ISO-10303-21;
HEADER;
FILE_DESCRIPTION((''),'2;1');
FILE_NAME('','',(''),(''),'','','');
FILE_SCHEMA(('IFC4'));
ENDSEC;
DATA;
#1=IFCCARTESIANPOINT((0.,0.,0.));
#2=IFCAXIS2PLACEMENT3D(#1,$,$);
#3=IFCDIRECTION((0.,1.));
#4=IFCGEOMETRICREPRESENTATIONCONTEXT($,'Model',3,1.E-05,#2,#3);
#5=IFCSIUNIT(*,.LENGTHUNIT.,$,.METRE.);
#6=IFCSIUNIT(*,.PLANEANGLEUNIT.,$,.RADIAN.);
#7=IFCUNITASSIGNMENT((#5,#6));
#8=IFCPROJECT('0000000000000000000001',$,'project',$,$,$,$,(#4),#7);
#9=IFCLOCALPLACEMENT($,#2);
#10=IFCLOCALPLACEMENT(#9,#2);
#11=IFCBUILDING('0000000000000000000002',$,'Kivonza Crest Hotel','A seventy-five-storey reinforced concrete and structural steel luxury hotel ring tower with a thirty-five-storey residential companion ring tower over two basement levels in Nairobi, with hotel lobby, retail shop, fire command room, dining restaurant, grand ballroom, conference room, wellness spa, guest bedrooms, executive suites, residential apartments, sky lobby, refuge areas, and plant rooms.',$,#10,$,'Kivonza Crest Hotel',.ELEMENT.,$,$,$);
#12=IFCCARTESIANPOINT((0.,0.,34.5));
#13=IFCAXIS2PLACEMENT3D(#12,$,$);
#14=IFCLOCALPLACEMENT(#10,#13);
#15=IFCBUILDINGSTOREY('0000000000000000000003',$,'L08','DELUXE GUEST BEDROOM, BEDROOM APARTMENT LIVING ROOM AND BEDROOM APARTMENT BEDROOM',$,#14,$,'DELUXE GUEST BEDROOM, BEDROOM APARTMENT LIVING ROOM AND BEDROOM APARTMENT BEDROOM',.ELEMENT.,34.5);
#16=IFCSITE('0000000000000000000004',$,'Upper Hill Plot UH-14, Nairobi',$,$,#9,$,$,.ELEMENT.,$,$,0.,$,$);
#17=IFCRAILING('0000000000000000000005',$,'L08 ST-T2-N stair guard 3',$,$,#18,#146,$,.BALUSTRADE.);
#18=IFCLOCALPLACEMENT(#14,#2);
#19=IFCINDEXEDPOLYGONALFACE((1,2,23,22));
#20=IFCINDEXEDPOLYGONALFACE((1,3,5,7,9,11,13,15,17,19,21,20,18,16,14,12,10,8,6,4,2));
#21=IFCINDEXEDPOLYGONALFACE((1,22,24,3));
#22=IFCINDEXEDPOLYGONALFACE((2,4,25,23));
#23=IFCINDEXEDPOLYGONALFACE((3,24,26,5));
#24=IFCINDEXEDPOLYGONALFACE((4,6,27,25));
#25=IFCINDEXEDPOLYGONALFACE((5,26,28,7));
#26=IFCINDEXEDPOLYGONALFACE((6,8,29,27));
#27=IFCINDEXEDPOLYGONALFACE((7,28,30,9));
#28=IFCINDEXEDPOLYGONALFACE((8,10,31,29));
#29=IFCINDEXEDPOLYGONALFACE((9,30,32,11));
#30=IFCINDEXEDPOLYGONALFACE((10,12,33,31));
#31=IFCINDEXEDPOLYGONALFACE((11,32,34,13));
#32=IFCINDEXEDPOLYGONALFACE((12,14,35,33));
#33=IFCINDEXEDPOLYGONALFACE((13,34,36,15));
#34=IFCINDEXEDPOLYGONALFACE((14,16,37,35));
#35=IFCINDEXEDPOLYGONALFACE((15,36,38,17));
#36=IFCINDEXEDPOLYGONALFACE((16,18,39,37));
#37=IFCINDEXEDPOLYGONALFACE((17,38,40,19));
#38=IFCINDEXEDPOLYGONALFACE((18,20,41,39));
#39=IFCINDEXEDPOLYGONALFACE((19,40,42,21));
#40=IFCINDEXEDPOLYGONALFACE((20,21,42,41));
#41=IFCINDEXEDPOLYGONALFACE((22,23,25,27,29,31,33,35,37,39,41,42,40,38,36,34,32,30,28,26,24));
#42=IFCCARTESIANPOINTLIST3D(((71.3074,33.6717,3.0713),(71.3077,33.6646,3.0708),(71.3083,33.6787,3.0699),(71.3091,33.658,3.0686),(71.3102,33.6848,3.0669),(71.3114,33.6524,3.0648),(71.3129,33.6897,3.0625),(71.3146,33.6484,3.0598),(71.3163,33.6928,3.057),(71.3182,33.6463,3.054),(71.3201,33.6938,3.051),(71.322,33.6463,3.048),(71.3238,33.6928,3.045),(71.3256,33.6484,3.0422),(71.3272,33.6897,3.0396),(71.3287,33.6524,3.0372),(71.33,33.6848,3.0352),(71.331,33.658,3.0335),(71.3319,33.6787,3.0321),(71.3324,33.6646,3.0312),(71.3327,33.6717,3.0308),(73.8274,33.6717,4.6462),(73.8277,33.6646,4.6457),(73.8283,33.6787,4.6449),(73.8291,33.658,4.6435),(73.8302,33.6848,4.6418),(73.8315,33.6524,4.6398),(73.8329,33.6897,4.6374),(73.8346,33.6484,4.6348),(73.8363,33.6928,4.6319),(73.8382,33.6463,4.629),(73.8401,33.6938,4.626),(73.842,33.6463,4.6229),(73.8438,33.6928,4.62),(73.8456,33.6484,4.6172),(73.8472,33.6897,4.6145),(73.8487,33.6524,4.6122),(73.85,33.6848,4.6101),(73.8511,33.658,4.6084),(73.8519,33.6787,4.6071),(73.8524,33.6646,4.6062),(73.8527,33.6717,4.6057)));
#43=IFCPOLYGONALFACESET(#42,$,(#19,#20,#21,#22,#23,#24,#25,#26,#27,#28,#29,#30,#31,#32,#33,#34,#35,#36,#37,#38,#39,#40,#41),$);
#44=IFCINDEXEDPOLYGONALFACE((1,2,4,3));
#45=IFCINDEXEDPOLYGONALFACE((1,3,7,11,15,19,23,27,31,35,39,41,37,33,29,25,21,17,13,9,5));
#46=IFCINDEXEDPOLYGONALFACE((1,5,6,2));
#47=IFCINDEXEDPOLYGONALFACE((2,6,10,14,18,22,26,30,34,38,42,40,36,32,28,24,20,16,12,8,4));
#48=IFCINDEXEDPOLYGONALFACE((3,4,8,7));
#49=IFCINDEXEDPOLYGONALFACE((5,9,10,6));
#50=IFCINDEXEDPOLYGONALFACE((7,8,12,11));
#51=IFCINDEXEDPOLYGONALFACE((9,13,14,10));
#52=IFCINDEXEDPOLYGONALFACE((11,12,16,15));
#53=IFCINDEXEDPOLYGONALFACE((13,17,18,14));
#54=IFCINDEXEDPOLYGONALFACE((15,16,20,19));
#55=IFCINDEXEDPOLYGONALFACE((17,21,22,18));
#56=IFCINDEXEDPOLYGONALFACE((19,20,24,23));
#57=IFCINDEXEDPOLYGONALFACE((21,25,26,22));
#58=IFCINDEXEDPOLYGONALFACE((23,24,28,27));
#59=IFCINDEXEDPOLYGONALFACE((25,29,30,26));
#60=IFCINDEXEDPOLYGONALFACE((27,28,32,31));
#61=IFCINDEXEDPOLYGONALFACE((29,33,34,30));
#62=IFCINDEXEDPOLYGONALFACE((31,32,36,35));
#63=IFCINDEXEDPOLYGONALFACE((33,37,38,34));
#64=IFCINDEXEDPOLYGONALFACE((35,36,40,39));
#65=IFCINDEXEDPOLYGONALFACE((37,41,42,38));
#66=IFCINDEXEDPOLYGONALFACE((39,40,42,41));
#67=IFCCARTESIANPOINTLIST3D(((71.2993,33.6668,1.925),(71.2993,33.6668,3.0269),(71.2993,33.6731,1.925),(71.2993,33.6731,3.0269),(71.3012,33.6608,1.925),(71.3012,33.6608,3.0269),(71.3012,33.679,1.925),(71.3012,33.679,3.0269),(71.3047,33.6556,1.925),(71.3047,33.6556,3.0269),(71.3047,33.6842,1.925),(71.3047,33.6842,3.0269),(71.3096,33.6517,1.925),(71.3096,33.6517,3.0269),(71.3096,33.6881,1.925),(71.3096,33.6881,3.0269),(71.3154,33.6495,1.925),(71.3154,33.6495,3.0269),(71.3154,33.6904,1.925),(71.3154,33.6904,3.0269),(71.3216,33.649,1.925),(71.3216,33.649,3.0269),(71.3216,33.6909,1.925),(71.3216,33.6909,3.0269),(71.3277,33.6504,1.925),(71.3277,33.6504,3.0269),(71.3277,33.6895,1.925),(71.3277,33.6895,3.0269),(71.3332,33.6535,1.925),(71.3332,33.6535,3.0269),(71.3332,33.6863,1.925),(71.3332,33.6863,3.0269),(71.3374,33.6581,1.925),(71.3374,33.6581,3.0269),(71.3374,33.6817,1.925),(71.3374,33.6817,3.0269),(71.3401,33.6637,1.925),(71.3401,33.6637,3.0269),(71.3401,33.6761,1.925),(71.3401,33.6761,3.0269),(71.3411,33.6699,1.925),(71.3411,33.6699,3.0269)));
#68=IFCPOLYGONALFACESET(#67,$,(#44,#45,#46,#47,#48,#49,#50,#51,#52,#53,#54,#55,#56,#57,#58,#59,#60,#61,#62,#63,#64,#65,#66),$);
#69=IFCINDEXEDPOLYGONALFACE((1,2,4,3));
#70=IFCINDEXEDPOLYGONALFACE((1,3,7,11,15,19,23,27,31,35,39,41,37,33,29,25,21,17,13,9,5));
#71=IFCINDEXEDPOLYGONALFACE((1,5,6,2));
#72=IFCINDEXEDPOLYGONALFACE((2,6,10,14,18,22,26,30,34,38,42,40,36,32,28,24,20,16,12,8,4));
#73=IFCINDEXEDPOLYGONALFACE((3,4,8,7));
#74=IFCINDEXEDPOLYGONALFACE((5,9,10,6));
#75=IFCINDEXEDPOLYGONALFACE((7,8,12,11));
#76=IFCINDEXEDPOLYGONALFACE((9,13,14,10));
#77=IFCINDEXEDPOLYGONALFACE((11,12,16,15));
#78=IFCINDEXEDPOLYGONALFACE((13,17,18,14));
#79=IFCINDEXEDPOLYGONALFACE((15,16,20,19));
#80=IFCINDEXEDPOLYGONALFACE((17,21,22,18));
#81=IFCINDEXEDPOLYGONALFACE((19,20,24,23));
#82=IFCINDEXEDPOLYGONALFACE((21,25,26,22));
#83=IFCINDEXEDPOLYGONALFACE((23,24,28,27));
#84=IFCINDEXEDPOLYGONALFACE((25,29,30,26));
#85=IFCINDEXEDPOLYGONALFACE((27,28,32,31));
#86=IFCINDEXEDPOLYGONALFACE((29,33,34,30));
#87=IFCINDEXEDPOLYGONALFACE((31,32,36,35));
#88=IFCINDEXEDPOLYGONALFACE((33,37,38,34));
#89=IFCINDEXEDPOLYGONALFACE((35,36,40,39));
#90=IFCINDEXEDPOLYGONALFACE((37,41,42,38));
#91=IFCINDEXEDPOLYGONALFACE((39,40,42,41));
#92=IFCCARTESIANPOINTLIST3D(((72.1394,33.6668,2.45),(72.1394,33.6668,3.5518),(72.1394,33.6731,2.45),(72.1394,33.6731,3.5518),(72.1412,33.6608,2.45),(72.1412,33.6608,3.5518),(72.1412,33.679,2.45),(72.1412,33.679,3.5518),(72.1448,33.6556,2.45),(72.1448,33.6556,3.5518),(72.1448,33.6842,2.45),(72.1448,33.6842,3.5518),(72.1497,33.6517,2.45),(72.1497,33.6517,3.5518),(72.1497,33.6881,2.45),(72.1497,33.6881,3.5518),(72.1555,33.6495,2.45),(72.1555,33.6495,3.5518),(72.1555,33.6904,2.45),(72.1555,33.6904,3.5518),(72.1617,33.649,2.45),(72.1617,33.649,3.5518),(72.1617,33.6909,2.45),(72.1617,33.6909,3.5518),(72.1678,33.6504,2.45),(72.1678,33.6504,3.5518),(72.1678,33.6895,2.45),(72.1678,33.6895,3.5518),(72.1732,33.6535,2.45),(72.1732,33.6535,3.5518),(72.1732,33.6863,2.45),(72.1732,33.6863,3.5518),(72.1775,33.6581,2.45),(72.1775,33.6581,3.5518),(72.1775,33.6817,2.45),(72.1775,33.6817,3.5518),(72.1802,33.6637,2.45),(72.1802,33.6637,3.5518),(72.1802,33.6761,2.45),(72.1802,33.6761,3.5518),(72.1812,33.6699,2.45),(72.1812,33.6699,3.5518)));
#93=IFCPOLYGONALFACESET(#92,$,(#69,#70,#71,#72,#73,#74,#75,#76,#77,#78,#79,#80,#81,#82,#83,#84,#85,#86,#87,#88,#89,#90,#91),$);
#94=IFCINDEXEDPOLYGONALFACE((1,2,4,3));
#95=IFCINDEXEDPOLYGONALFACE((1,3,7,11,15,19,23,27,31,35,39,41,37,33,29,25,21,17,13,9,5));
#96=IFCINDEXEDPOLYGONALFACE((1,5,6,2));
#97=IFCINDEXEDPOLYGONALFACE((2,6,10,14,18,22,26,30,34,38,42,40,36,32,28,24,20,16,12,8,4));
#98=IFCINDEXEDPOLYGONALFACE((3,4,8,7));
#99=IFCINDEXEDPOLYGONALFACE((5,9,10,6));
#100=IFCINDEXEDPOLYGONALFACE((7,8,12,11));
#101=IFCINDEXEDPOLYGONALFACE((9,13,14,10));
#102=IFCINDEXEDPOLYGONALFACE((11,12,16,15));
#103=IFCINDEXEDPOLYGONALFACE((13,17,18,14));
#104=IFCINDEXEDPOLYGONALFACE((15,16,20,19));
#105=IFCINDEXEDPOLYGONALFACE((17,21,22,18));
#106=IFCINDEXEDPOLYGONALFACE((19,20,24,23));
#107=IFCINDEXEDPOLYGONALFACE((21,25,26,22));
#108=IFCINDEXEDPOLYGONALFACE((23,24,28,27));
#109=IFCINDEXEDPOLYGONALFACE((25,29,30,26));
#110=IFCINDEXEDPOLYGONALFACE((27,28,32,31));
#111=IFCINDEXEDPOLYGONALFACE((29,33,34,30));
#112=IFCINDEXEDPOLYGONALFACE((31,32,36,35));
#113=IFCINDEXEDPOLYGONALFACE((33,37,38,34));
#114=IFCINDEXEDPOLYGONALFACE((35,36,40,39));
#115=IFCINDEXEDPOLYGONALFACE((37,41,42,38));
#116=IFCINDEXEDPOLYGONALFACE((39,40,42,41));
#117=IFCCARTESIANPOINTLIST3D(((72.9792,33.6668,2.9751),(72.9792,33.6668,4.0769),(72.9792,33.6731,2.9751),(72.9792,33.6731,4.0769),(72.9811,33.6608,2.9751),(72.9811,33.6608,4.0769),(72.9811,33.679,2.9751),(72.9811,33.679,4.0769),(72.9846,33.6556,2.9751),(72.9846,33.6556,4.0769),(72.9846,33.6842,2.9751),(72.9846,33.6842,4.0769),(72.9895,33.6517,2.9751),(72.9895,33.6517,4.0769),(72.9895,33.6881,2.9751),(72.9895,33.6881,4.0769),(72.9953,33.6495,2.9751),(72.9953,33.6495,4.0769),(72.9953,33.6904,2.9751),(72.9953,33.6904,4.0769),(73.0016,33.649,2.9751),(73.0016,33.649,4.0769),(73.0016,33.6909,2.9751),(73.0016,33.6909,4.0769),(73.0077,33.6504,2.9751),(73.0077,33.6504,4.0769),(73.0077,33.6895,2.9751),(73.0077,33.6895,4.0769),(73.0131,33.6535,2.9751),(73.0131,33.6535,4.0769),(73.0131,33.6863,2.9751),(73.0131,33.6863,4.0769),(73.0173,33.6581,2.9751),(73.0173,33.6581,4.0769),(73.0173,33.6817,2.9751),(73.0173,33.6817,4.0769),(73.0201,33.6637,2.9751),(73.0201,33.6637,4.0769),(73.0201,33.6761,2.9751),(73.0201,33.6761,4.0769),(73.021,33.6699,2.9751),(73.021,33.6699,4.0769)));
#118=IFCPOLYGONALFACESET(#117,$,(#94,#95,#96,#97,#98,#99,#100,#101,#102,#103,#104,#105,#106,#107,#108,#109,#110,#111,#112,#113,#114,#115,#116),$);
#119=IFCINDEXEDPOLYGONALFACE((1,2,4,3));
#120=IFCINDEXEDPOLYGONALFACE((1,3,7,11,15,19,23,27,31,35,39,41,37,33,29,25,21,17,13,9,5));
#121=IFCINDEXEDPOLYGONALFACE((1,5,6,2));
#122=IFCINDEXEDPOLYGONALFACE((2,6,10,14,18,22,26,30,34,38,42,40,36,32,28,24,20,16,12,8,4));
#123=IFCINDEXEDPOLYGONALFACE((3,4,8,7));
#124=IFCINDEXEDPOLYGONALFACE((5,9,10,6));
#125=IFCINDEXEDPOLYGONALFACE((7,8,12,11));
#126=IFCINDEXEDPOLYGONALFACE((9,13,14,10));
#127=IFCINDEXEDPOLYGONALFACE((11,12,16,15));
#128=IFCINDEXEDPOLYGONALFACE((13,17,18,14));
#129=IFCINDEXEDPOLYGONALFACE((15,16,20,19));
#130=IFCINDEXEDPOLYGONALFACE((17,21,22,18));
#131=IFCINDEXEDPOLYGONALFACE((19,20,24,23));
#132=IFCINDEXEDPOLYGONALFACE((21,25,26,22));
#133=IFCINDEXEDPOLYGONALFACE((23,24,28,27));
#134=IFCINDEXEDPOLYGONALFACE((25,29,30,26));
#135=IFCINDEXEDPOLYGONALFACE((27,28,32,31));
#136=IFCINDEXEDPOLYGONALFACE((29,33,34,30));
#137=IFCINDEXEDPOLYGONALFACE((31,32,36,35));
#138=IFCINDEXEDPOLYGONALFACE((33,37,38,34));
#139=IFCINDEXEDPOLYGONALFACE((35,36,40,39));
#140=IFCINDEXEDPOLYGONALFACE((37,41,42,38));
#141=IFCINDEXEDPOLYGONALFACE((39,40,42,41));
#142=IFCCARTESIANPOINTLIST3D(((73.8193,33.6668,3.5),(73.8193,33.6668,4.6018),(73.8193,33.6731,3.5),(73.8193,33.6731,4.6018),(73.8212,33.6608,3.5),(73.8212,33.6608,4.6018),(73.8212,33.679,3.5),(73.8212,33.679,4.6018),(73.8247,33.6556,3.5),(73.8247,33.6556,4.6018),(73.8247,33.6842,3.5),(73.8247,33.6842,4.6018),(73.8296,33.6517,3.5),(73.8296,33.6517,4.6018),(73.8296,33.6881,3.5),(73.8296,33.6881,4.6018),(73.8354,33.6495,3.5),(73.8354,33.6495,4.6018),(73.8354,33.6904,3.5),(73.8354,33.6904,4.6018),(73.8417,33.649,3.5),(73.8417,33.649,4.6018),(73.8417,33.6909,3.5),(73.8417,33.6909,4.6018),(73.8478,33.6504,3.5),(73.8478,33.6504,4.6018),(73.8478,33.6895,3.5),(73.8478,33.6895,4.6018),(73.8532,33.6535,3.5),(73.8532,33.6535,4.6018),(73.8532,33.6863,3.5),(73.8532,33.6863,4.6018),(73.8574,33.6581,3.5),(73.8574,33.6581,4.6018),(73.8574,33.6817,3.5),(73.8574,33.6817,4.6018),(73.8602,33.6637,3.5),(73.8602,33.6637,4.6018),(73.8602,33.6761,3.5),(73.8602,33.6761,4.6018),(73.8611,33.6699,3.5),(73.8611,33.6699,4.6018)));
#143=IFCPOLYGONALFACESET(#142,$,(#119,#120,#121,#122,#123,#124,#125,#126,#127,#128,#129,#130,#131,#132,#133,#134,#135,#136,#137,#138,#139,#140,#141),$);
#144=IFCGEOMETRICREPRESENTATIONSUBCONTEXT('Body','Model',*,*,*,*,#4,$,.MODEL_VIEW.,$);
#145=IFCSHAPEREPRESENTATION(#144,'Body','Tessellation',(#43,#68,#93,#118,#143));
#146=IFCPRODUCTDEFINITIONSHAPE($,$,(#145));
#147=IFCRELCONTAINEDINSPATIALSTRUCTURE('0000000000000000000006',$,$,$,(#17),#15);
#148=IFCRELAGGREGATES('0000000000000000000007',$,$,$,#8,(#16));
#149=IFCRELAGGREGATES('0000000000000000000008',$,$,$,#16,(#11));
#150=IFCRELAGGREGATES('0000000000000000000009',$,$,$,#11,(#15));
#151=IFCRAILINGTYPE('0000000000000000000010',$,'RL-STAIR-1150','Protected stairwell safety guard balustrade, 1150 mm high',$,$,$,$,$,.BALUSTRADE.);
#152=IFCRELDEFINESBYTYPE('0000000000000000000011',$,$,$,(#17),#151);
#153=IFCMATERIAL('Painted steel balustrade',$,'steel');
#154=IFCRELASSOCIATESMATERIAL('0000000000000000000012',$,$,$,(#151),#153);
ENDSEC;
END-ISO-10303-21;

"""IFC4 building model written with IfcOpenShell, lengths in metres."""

from ifc_helpers import new_model, si_unit, direction, frame, origin, origin_2d, place, context, subcontext, project, spatial, circle, extrude, material, type_object, element, save


model = new_model("IFC4")

# Units and contexts
model_context = context("Model", 3, precision=1e-05, world=origin(), true_north=direction((0.0, 1.0)))
body_context = subcontext(model_context, "Body", "Model", "MODEL_VIEW")
ifc_project = project(units=[si_unit("LENGTHUNIT", "METRE"), si_unit("PLANEANGLEUNIT", "RADIAN")], contexts=[model_context])

# Site, building, storey
site_placement = place(None, origin())
site = spatial("IfcSite", under=ifc_project, at=site_placement, Name="Upper Hill Plot UH-14, Nairobi", CompositionType="ELEMENT", RefElevation=0.0)
building_placement = place(site_placement, origin())
building = spatial("IfcBuilding", under=site, at=building_placement, Name="Kivonza Crest Hotel", Description="A seventy-five-storey reinforced concrete and structural steel luxury hotel ring tower with a thirty-five-storey residential companion ring tower over two basement levels in Nairobi, with hotel lobby, retail shop, fire command room, dining restaurant, grand ballroom, conference room, wellness spa, guest bedrooms, executive suites, residential apartments, sky lobby, refuge areas, and plant rooms.", LongName="Kivonza Crest Hotel", CompositionType="ELEMENT")
storey_placement = place(building_placement, frame((0.0, 0.0, 34.5)))
storey = spatial("IfcBuildingStorey", under=building, at=storey_placement, Name="L08", Description="DELUXE GUEST BEDROOM, BEDROOM APARTMENT LIVING ROOM AND BEDROOM APARTMENT BEDROOM", LongName="DELUXE GUEST BEDROOM, BEDROOM APARTMENT LIVING ROOM AND BEDROOM APARTMENT BEDROOM", CompositionType="ELEMENT", Elevation=34.5)

# Railing
ifc_material_1 = material(Name="Painted steel balustrade", Category="steel")
railing_type_1 = type_object("IfcRailingType", Name="RL-STAIR-1150", Description="Protected stairwell safety guard balustrade, 1150 mm high", PredefinedType="BALUSTRADE", material=ifc_material_1)
railing_1_placement = place(storey_placement, frame((71.3201, 33.6699, 1.925)))
element("IfcRailing", 1, at=railing_1_placement, inside=storey, type_object=railing_type_1, Name="L08 ST-T2-N stair guard 3", PredefinedType="BALUSTRADE", context=body_context, shape_type="SweptSolid", body=[
    extrude(circle(Radius=0.0239, at=origin_2d()), frame((0.0, 0.0, 1.126), z_axis=(0.848008, 0.0, 0.529984), x_axis=(0.0, 1.0, 0.0)), (0.0, 0.0, 1.0), 2.9717),
    extrude(circle(Radius=0.021, at=origin_2d()), origin(), (0.0, 0.0, 1.0), 1.1018),
    extrude(circle(Radius=0.021, at=origin_2d()), frame((0.8401, 0.0, 0.5249)), (0.0, 0.0, 1.0), 1.1018),
    extrude(circle(Radius=0.021, at=origin_2d()), frame((1.6799, 0.0, 1.05)), (0.0, 0.0, 1.0), 1.1018),
    extrude(circle(Radius=0.021, at=origin_2d()), frame((2.52, 0.0, 1.575)), (0.0, 0.0, 1.0), 1.1018),
])

save(model, "model.ifc")
